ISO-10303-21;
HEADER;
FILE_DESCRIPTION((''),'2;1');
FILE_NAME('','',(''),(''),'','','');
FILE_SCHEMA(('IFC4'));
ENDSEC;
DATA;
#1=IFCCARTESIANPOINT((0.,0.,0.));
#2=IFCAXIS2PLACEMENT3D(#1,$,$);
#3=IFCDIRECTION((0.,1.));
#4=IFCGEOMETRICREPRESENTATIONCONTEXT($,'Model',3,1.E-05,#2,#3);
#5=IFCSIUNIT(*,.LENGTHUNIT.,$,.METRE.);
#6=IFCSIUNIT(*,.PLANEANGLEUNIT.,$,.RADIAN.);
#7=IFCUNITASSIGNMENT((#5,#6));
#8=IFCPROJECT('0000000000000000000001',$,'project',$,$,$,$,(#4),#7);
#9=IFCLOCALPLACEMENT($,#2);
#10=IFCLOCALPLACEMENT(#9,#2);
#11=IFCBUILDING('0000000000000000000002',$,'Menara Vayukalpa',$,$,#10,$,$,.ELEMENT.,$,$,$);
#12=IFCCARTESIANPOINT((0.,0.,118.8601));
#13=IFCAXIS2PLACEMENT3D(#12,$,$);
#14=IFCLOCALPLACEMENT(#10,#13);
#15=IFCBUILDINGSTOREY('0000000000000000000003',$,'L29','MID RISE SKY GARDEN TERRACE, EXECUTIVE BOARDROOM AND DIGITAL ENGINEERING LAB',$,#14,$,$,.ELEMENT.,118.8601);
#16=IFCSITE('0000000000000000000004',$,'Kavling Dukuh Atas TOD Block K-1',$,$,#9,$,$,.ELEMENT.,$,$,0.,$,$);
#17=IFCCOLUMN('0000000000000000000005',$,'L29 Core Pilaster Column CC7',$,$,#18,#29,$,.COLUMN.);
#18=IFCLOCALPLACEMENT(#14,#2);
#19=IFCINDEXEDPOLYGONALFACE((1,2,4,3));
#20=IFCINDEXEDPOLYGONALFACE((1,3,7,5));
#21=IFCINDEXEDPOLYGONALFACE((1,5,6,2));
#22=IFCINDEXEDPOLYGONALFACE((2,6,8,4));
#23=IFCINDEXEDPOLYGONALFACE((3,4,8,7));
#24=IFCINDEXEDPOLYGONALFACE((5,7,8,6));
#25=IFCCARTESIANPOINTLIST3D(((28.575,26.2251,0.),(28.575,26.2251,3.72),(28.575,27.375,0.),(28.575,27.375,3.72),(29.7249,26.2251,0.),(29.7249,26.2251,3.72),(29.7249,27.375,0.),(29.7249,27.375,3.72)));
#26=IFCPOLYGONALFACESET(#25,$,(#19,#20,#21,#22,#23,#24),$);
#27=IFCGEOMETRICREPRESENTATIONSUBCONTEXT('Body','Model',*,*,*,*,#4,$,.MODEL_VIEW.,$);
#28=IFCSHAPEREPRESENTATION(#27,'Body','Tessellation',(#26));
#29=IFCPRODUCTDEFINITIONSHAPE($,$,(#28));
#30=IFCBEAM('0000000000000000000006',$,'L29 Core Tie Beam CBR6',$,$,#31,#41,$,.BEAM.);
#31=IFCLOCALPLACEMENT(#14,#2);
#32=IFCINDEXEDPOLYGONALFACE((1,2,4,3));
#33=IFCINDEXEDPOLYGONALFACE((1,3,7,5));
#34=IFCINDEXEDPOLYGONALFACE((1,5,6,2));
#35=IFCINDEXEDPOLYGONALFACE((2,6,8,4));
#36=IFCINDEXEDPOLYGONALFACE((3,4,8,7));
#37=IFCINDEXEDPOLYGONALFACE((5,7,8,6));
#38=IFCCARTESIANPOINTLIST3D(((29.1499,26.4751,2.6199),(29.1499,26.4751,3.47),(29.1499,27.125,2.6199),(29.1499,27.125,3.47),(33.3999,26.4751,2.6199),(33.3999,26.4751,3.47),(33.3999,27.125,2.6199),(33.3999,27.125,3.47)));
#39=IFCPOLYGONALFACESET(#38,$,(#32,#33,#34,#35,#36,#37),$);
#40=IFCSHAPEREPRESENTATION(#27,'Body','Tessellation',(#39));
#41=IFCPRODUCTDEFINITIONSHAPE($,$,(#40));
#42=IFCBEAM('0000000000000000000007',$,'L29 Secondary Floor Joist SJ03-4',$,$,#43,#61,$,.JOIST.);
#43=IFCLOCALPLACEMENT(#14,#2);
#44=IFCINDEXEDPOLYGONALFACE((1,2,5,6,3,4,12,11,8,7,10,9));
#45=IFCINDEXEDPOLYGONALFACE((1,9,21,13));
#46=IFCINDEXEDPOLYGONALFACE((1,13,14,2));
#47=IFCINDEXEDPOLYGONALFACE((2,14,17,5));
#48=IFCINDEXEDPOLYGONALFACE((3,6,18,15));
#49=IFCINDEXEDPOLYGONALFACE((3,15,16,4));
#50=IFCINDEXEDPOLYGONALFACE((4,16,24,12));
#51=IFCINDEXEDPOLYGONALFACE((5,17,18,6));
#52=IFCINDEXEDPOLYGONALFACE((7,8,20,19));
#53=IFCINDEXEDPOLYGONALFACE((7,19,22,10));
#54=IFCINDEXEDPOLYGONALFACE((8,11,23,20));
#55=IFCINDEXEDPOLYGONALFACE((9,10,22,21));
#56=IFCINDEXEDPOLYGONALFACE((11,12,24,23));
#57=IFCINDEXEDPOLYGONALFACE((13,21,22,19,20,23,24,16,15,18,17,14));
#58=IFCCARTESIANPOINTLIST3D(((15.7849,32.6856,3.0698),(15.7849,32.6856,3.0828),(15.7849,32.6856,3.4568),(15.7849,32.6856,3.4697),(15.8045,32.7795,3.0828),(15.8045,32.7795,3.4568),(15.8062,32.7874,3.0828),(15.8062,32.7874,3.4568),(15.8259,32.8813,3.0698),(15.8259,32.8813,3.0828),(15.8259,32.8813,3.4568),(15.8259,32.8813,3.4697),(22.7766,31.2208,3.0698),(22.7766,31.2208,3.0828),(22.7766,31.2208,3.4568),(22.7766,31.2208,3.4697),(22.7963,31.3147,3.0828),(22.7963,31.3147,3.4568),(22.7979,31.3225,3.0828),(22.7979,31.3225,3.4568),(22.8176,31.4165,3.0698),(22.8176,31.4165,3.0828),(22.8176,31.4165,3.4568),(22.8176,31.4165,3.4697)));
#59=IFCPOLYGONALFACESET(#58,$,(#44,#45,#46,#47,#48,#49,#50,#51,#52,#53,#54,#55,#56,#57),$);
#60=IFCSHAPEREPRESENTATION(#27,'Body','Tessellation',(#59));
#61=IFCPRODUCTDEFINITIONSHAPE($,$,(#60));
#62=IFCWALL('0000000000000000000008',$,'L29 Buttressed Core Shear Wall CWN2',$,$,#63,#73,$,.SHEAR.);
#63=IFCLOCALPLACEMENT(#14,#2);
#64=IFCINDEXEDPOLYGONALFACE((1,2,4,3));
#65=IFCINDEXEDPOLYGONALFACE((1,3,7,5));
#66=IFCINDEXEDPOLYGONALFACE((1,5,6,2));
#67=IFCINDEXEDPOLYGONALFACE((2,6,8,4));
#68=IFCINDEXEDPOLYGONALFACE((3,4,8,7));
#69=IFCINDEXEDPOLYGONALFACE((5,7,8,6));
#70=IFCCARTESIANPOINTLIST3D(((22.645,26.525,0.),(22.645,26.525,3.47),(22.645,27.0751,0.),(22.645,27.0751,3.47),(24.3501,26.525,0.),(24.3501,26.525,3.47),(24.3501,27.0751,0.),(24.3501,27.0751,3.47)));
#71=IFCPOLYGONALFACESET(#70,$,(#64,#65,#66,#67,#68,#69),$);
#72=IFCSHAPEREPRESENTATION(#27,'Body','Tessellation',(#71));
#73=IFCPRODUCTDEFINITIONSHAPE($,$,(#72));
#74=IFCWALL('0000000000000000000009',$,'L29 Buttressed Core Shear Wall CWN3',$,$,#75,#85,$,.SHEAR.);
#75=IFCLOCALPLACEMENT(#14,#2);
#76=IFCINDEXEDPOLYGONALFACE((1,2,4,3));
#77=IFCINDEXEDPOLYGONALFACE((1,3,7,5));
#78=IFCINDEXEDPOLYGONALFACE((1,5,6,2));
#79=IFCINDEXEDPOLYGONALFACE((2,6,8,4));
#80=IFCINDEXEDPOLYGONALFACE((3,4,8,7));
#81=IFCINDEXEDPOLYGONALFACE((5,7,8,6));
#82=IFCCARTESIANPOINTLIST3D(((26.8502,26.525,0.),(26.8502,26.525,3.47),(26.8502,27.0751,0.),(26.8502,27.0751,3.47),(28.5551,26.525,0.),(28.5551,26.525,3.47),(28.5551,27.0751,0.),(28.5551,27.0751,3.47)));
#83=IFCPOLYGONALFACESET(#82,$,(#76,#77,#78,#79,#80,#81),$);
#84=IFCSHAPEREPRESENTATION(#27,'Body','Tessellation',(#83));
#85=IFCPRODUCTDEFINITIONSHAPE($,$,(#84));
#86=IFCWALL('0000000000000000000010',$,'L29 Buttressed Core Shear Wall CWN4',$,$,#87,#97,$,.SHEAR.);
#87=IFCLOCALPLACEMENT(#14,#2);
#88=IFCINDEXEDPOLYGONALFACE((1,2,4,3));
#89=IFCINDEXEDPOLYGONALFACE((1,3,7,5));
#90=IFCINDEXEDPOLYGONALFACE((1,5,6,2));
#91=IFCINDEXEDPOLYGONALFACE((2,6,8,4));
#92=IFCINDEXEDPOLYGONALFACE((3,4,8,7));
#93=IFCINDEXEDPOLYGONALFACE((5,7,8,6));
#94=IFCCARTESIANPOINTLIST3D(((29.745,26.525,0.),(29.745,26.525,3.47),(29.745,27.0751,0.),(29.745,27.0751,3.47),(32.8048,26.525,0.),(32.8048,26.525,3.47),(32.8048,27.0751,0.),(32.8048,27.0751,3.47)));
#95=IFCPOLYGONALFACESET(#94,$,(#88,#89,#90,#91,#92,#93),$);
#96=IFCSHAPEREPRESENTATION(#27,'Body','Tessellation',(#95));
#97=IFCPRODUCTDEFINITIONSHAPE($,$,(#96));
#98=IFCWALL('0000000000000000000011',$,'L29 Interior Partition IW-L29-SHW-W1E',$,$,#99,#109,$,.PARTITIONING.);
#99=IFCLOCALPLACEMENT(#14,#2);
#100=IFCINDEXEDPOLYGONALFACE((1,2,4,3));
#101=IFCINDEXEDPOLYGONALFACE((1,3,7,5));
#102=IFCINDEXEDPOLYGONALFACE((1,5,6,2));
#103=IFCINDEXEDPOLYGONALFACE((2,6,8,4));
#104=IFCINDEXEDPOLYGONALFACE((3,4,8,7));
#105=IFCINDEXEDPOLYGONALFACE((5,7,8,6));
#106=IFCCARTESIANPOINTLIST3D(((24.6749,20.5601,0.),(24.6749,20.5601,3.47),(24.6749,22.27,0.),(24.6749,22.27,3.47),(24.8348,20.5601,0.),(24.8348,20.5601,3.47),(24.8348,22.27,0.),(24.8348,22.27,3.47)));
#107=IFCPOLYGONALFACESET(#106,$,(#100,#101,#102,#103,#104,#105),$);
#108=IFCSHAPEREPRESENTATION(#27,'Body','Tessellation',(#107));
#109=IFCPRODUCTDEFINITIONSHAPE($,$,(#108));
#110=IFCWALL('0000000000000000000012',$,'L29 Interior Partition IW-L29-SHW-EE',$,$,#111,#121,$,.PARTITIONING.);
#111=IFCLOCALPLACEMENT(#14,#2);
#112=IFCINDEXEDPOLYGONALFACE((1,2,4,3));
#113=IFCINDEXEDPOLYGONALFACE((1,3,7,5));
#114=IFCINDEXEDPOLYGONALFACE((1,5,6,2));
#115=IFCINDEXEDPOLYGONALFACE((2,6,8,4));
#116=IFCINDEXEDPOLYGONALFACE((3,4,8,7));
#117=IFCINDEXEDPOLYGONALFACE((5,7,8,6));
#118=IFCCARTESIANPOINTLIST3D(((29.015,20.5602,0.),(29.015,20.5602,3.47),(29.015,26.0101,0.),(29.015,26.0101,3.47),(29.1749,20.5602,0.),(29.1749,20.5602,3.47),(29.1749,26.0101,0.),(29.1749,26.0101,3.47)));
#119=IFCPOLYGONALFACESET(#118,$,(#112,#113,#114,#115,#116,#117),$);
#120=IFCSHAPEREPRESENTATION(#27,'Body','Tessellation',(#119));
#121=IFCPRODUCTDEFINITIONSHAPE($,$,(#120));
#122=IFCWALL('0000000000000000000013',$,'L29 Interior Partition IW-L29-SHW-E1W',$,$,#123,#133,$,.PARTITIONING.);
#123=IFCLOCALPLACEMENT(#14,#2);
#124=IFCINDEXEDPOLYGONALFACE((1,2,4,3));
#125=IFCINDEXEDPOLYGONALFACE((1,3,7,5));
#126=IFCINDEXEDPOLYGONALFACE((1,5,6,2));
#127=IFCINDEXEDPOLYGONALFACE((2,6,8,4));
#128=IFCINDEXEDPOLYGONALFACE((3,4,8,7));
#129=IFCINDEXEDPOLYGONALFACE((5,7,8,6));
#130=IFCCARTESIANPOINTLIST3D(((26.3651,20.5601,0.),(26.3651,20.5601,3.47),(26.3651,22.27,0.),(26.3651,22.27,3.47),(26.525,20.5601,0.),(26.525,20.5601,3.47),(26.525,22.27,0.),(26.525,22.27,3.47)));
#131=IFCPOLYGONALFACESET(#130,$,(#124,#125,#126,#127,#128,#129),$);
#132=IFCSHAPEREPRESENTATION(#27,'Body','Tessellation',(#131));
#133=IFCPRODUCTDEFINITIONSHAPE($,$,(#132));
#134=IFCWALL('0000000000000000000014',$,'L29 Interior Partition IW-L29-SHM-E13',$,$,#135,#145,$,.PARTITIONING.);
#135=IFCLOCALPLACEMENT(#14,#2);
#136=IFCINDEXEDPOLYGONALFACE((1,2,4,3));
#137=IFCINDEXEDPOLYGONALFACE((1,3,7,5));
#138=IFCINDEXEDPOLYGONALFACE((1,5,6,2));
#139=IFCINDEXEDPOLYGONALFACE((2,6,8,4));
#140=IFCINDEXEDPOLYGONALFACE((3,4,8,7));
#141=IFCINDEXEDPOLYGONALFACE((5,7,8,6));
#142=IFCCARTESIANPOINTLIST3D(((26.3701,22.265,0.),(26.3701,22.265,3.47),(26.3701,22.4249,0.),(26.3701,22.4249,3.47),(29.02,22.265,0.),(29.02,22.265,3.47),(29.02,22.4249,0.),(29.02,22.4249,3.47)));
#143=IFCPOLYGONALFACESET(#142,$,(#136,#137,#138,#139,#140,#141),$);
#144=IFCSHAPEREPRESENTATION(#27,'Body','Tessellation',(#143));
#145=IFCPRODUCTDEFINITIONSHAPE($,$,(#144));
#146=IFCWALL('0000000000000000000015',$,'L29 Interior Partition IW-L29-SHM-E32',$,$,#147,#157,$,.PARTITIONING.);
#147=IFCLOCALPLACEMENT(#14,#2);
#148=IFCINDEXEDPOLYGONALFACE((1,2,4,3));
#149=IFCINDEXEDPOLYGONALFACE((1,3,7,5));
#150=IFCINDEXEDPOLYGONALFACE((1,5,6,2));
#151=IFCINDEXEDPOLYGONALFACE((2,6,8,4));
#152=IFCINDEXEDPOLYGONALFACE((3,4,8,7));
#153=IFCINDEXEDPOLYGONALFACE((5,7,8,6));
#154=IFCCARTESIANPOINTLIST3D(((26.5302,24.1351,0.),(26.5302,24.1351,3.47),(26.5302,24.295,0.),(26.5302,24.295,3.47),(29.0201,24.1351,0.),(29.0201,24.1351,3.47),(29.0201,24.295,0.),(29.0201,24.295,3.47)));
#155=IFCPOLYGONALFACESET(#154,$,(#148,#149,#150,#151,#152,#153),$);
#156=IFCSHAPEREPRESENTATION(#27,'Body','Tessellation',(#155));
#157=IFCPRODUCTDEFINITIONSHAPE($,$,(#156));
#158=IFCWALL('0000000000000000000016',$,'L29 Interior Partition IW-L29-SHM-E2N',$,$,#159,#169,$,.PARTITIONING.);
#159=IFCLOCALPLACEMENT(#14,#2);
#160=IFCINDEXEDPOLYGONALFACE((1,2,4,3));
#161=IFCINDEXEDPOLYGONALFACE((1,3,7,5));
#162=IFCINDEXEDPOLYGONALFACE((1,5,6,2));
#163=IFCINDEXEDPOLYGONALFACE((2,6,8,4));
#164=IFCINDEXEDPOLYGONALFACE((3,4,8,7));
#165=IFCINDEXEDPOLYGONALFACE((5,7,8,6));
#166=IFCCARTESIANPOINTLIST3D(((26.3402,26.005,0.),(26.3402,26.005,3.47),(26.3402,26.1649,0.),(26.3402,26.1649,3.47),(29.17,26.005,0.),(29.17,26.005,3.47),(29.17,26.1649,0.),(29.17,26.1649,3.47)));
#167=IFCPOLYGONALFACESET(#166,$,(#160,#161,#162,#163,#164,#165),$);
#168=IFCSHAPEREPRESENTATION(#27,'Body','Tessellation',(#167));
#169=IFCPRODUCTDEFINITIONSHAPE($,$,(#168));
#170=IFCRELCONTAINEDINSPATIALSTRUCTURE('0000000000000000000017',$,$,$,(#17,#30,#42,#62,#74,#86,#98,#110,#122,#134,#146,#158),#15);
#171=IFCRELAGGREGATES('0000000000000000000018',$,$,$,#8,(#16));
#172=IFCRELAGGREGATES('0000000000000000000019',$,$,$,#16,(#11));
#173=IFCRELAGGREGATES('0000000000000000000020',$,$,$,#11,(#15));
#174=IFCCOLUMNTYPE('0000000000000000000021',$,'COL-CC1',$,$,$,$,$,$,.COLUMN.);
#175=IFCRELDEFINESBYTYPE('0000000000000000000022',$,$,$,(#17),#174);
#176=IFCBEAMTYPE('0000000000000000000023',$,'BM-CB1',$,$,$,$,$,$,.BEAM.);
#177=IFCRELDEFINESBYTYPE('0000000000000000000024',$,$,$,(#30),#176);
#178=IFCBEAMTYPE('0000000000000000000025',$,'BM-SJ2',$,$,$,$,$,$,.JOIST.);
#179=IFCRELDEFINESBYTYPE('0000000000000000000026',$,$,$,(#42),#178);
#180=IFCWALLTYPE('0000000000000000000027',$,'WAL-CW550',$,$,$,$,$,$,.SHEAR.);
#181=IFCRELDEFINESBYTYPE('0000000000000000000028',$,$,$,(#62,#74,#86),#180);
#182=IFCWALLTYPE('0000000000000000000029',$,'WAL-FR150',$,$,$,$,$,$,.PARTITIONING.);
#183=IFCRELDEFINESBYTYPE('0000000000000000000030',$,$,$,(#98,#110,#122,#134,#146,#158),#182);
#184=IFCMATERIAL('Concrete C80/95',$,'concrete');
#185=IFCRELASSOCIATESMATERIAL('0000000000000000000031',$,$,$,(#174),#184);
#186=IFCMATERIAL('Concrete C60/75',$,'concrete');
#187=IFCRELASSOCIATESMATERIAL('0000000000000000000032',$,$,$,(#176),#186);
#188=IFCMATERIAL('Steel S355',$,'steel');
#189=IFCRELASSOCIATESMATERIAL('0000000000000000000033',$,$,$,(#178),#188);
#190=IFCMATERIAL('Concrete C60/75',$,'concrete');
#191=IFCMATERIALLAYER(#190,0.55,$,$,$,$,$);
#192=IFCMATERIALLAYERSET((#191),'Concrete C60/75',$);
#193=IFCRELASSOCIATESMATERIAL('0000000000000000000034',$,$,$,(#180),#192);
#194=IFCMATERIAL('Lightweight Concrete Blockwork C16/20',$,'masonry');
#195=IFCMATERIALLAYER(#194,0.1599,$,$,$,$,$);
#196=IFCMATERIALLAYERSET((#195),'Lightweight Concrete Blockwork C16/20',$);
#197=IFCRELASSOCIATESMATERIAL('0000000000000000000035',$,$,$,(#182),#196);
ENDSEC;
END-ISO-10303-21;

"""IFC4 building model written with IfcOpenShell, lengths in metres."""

from ifc_helpers import new_model, si_unit, direction, frame, frame_2d, origin, origin_2d, place, context, subcontext, project, spatial, rectangle, i_section, extrude, material, layer, layer_set, material_profile, profile_set, type_object, element, save


model = new_model("IFC4")

# Units and contexts
model_context = context("Model", 3, precision=1e-05, world=origin(), true_north=direction((0.0, 1.0)))
body_context = subcontext(model_context, "Body", "Model", "MODEL_VIEW")
ifc_project = project(units=[si_unit("LENGTHUNIT", "METRE"), si_unit("PLANEANGLEUNIT", "RADIAN")], contexts=[model_context])

# Site, building, storey
site_placement = place(None, origin())
site = spatial("IfcSite", under=ifc_project, at=site_placement, Name="Kavling Dukuh Atas TOD Block K-1", CompositionType="ELEMENT", RefElevation=0.0)
building_placement = place(site_placement, origin())
building = spatial("IfcBuilding", under=site, at=building_placement, Name="Menara Vayukalpa", CompositionType="ELEMENT")
storey_placement = place(building_placement, frame((0.0, 0.0, 118.8601)))
storey = spatial("IfcBuildingStorey", under=building, at=storey_placement, Name="L29", Description="MID RISE SKY GARDEN TERRACE, EXECUTIVE BOARDROOM AND DIGITAL ENGINEERING LAB", CompositionType="ELEMENT", Elevation=118.8601)

# Column
ifc_material_1 = material(Name="Concrete C80/95", Category="concrete")
ifc_material_profile_1 = material_profile(ifc_material_1, rectangle(XDim=1.1499, YDim=1.1499, at=origin_2d()), Name="RC 1150x1150")
ifc_profile_set_1 = profile_set([ifc_material_profile_1], Name="Concrete C80/95")
column_type = type_object("IfcColumnType", Name="COL-CC1", PredefinedType="COLUMN", material=ifc_profile_set_1)
column_placement = place(storey_placement, frame((29.1499, 26.8, 0.0), z_axis=(0.0, 0.0, 1.0), x_axis=(1.0, 0.0, 0.0)))
element("IfcColumn", 1, at=column_placement, inside=storey, type_object=column_type, Name="L29 Core Pilaster Column CC7", PredefinedType="COLUMN", context=body_context, shape_type="SweptSolid", body=[
    extrude(rectangle(XDim=1.1499, YDim=1.1499, at=origin_2d()), origin(), (0.0, 0.0, 1.0), 3.72),
])

# Beams
ifc_material_2 = material(Name="Concrete C60/75", Category="concrete")
ifc_material_profile_2 = material_profile(ifc_material_2, rectangle(XDim=0.6499, YDim=0.8501, at=origin_2d()), Name="RC 650x850")
ifc_profile_set_2 = profile_set([ifc_material_profile_2], Name="Concrete C60/75")
beam_type_1 = type_object("IfcBeamType", Name="BM-CB1", PredefinedType="BEAM", material=ifc_profile_set_2)
beam_1_placement = place(storey_placement, frame((29.1499, 26.8, 3.0449), z_axis=(1.0, 0.0, 0.0), x_axis=(0.0, 1.0, 0.0)))
element("IfcBeam", 2, at=beam_1_placement, inside=storey, type_object=beam_type_1, Name="L29 Core Tie Beam CBR6", PredefinedType="BEAM", context=body_context, shape_type="SweptSolid", body=[
    extrude(rectangle(XDim=0.6499, YDim=0.8501, at=origin_2d()), origin(), (0.0, 0.0, 1.0), 4.25),
])
ifc_material_3 = material(Name="Steel S355", Category="steel")
ifc_material_profile_3 = material_profile(ifc_material_3, i_section(OverallWidth=0.2, OverallDepth=0.3999, WebThickness=0.0081, FlangeThickness=0.0129, at=origin_2d()), Name="WF 400x200x8x13")
ifc_profile_set_3 = profile_set([ifc_material_profile_3], Name="Steel S355")
beam_type_2 = type_object("IfcBeamType", Name="BM-SJ2", PredefinedType="JOIST", material=ifc_profile_set_3)
beam_2_placement = place(storey_placement, frame((22.7971, 31.3186, 3.2698), z_axis=(-0.978749, 0.20506, 0.0), x_axis=(-0.20506, -0.978749, 0.0)))
element("IfcBeam", 3, at=beam_2_placement, inside=storey, type_object=beam_type_2, Name="L29 Secondary Floor Joist SJ03-4", PredefinedType="JOIST", context=body_context, shape_type="SweptSolid", body=[
    extrude(i_section(OverallWidth=0.2, OverallDepth=0.3999, WebThickness=0.0081, FlangeThickness=0.0129, at=origin_2d()), origin(), (0.0, 0.0, 1.0), 7.1436),
])

# Walls
ifc_material_4 = material(Name="Concrete C60/75", Category="concrete")
ifc_layer_1 = layer(ifc_material_4, 0.55)
ifc_layer_set_1 = layer_set([ifc_layer_1], Name="Concrete C60/75")
wall_type_1 = type_object("IfcWallType", Name="WAL-CW550", PredefinedType="SHEAR", material=ifc_layer_set_1)
wall_1_placement = place(storey_placement, frame((22.645, 26.8, 0.0), z_axis=(0.0, 0.0, 1.0), x_axis=(1.0, 0.0, 0.0)))
element("IfcWall", 4, at=wall_1_placement, inside=storey, type_object=wall_type_1, Name="L29 Buttressed Core Shear Wall CWN2", PredefinedType="SHEAR", context=body_context, shape_type="SweptSolid", body=[
    extrude(rectangle(XDim=1.7051, YDim=0.55, at=frame_2d((0.8525, 0.0))), origin(), (0.0, 0.0, 1.0), 3.47),
])
wall_2_placement = place(storey_placement, frame((26.8501, 26.8, 0.0), z_axis=(0.0, 0.0, 1.0), x_axis=(1.0, 0.0, 0.0)))
element("IfcWall", 5, at=wall_2_placement, inside=storey, type_object=wall_type_1, Name="L29 Buttressed Core Shear Wall CWN3", PredefinedType="SHEAR", context=body_context, shape_type="SweptSolid", body=[
    extrude(rectangle(XDim=1.7048, YDim=0.55, at=frame_2d((0.8525, 0.0))), origin(), (0.0, 0.0, 1.0), 3.47),
])
wall_3_placement = place(storey_placement, frame((29.7451, 26.8, 0.0), z_axis=(0.0, 0.0, 1.0), x_axis=(1.0, 0.0, 0.0)))
element("IfcWall", 6, at=wall_3_placement, inside=storey, type_object=wall_type_1, Name="L29 Buttressed Core Shear Wall CWN4", PredefinedType="SHEAR", context=body_context, shape_type="SweptSolid", body=[
    extrude(rectangle(XDim=3.0598, YDim=0.55, at=frame_2d((1.5298, 0.0))), origin(), (0.0, 0.0, 1.0), 3.47),
])
ifc_material_5 = material(Name="Lightweight Concrete Blockwork C16/20", Category="masonry")
ifc_layer_2 = layer(ifc_material_5, 0.1599)
ifc_layer_set_2 = layer_set([ifc_layer_2], Name="Lightweight Concrete Blockwork C16/20")
wall_type_2 = type_object("IfcWallType", Name="WAL-FR150", PredefinedType="PARTITIONING", material=ifc_layer_set_2)
wall_4_placement = place(storey_placement, frame((24.7549, 20.5601, 0.0), z_axis=(0.0, 0.0, 1.0), x_axis=(0.0, 1.0, 0.0)))
element("IfcWall", 7, at=wall_4_placement, inside=storey, type_object=wall_type_2, Name="L29 Interior Partition IW-L29-SHW-W1E", PredefinedType="PARTITIONING", context=body_context, shape_type="SweptSolid", body=[
    extrude(rectangle(XDim=1.71, YDim=0.1599, at=frame_2d((0.855, 0.0))), origin(), (0.0, 0.0, 1.0), 3.47),
])
wall_5_placement = place(storey_placement, frame((29.095, 20.5601, 0.0), z_axis=(0.0, 0.0, 1.0), x_axis=(0.0, 1.0, 0.0)))
element("IfcWall", 8, at=wall_5_placement, inside=storey, type_object=wall_type_2, Name="L29 Interior Partition IW-L29-SHW-EE", PredefinedType="PARTITIONING", context=body_context, shape_type="SweptSolid", body=[
    extrude(rectangle(XDim=5.45, YDim=0.1599, at=frame_2d((2.7251, 0.0))), origin(), (0.0, 0.0, 1.0), 3.47),
])
wall_6_placement = place(storey_placement, frame((26.4451, 20.5601, 0.0), z_axis=(0.0, 0.0, 1.0), x_axis=(0.0, 1.0, 0.0)))
element("IfcWall", 9, at=wall_6_placement, inside=storey, type_object=wall_type_2, Name="L29 Interior Partition IW-L29-SHW-E1W", PredefinedType="PARTITIONING", context=body_context, shape_type="SweptSolid", body=[
    extrude(rectangle(XDim=1.71, YDim=0.1599, at=frame_2d((0.855, 0.0))), origin(), (0.0, 0.0, 1.0), 3.47),
])
wall_7_placement = place(storey_placement, frame((26.3701, 22.345, 0.0), z_axis=(0.0, 0.0, 1.0), x_axis=(1.0, 0.0, 0.0)))
element("IfcWall", 10, at=wall_7_placement, inside=storey, type_object=wall_type_2, Name="L29 Interior Partition IW-L29-SHM-E13", PredefinedType="PARTITIONING", context=body_context, shape_type="SweptSolid", body=[
    extrude(rectangle(XDim=2.6499, YDim=0.1599, at=frame_2d((1.325, 0.0))), origin(), (0.0, 0.0, 1.0), 3.47),
])
wall_8_placement = place(storey_placement, frame((26.53, 24.2151, 0.0), z_axis=(0.0, 0.0, 1.0), x_axis=(1.0, 0.0, 0.0)))
element("IfcWall", 11, at=wall_8_placement, inside=storey, type_object=wall_type_2, Name="L29 Interior Partition IW-L29-SHM-E32", PredefinedType="PARTITIONING", context=body_context, shape_type="SweptSolid", body=[
    extrude(rectangle(XDim=2.49, YDim=0.1599, at=frame_2d((1.2451, 0.0))), origin(), (0.0, 0.0, 1.0), 3.47),
])
wall_9_placement = place(storey_placement, frame((26.3401, 26.085, 0.0), z_axis=(0.0, 0.0, 1.0), x_axis=(1.0, 0.0, 0.0)))
element("IfcWall", 12, at=wall_9_placement, inside=storey, type_object=wall_type_2, Name="L29 Interior Partition IW-L29-SHM-E2N", PredefinedType="PARTITIONING", context=body_context, shape_type="SweptSolid", body=[
    extrude(rectangle(XDim=2.8298, YDim=0.1599, at=frame_2d((1.415, 0.0))), origin(), (0.0, 0.0, 1.0), 3.47),
])

save(model, "model.ifc")
